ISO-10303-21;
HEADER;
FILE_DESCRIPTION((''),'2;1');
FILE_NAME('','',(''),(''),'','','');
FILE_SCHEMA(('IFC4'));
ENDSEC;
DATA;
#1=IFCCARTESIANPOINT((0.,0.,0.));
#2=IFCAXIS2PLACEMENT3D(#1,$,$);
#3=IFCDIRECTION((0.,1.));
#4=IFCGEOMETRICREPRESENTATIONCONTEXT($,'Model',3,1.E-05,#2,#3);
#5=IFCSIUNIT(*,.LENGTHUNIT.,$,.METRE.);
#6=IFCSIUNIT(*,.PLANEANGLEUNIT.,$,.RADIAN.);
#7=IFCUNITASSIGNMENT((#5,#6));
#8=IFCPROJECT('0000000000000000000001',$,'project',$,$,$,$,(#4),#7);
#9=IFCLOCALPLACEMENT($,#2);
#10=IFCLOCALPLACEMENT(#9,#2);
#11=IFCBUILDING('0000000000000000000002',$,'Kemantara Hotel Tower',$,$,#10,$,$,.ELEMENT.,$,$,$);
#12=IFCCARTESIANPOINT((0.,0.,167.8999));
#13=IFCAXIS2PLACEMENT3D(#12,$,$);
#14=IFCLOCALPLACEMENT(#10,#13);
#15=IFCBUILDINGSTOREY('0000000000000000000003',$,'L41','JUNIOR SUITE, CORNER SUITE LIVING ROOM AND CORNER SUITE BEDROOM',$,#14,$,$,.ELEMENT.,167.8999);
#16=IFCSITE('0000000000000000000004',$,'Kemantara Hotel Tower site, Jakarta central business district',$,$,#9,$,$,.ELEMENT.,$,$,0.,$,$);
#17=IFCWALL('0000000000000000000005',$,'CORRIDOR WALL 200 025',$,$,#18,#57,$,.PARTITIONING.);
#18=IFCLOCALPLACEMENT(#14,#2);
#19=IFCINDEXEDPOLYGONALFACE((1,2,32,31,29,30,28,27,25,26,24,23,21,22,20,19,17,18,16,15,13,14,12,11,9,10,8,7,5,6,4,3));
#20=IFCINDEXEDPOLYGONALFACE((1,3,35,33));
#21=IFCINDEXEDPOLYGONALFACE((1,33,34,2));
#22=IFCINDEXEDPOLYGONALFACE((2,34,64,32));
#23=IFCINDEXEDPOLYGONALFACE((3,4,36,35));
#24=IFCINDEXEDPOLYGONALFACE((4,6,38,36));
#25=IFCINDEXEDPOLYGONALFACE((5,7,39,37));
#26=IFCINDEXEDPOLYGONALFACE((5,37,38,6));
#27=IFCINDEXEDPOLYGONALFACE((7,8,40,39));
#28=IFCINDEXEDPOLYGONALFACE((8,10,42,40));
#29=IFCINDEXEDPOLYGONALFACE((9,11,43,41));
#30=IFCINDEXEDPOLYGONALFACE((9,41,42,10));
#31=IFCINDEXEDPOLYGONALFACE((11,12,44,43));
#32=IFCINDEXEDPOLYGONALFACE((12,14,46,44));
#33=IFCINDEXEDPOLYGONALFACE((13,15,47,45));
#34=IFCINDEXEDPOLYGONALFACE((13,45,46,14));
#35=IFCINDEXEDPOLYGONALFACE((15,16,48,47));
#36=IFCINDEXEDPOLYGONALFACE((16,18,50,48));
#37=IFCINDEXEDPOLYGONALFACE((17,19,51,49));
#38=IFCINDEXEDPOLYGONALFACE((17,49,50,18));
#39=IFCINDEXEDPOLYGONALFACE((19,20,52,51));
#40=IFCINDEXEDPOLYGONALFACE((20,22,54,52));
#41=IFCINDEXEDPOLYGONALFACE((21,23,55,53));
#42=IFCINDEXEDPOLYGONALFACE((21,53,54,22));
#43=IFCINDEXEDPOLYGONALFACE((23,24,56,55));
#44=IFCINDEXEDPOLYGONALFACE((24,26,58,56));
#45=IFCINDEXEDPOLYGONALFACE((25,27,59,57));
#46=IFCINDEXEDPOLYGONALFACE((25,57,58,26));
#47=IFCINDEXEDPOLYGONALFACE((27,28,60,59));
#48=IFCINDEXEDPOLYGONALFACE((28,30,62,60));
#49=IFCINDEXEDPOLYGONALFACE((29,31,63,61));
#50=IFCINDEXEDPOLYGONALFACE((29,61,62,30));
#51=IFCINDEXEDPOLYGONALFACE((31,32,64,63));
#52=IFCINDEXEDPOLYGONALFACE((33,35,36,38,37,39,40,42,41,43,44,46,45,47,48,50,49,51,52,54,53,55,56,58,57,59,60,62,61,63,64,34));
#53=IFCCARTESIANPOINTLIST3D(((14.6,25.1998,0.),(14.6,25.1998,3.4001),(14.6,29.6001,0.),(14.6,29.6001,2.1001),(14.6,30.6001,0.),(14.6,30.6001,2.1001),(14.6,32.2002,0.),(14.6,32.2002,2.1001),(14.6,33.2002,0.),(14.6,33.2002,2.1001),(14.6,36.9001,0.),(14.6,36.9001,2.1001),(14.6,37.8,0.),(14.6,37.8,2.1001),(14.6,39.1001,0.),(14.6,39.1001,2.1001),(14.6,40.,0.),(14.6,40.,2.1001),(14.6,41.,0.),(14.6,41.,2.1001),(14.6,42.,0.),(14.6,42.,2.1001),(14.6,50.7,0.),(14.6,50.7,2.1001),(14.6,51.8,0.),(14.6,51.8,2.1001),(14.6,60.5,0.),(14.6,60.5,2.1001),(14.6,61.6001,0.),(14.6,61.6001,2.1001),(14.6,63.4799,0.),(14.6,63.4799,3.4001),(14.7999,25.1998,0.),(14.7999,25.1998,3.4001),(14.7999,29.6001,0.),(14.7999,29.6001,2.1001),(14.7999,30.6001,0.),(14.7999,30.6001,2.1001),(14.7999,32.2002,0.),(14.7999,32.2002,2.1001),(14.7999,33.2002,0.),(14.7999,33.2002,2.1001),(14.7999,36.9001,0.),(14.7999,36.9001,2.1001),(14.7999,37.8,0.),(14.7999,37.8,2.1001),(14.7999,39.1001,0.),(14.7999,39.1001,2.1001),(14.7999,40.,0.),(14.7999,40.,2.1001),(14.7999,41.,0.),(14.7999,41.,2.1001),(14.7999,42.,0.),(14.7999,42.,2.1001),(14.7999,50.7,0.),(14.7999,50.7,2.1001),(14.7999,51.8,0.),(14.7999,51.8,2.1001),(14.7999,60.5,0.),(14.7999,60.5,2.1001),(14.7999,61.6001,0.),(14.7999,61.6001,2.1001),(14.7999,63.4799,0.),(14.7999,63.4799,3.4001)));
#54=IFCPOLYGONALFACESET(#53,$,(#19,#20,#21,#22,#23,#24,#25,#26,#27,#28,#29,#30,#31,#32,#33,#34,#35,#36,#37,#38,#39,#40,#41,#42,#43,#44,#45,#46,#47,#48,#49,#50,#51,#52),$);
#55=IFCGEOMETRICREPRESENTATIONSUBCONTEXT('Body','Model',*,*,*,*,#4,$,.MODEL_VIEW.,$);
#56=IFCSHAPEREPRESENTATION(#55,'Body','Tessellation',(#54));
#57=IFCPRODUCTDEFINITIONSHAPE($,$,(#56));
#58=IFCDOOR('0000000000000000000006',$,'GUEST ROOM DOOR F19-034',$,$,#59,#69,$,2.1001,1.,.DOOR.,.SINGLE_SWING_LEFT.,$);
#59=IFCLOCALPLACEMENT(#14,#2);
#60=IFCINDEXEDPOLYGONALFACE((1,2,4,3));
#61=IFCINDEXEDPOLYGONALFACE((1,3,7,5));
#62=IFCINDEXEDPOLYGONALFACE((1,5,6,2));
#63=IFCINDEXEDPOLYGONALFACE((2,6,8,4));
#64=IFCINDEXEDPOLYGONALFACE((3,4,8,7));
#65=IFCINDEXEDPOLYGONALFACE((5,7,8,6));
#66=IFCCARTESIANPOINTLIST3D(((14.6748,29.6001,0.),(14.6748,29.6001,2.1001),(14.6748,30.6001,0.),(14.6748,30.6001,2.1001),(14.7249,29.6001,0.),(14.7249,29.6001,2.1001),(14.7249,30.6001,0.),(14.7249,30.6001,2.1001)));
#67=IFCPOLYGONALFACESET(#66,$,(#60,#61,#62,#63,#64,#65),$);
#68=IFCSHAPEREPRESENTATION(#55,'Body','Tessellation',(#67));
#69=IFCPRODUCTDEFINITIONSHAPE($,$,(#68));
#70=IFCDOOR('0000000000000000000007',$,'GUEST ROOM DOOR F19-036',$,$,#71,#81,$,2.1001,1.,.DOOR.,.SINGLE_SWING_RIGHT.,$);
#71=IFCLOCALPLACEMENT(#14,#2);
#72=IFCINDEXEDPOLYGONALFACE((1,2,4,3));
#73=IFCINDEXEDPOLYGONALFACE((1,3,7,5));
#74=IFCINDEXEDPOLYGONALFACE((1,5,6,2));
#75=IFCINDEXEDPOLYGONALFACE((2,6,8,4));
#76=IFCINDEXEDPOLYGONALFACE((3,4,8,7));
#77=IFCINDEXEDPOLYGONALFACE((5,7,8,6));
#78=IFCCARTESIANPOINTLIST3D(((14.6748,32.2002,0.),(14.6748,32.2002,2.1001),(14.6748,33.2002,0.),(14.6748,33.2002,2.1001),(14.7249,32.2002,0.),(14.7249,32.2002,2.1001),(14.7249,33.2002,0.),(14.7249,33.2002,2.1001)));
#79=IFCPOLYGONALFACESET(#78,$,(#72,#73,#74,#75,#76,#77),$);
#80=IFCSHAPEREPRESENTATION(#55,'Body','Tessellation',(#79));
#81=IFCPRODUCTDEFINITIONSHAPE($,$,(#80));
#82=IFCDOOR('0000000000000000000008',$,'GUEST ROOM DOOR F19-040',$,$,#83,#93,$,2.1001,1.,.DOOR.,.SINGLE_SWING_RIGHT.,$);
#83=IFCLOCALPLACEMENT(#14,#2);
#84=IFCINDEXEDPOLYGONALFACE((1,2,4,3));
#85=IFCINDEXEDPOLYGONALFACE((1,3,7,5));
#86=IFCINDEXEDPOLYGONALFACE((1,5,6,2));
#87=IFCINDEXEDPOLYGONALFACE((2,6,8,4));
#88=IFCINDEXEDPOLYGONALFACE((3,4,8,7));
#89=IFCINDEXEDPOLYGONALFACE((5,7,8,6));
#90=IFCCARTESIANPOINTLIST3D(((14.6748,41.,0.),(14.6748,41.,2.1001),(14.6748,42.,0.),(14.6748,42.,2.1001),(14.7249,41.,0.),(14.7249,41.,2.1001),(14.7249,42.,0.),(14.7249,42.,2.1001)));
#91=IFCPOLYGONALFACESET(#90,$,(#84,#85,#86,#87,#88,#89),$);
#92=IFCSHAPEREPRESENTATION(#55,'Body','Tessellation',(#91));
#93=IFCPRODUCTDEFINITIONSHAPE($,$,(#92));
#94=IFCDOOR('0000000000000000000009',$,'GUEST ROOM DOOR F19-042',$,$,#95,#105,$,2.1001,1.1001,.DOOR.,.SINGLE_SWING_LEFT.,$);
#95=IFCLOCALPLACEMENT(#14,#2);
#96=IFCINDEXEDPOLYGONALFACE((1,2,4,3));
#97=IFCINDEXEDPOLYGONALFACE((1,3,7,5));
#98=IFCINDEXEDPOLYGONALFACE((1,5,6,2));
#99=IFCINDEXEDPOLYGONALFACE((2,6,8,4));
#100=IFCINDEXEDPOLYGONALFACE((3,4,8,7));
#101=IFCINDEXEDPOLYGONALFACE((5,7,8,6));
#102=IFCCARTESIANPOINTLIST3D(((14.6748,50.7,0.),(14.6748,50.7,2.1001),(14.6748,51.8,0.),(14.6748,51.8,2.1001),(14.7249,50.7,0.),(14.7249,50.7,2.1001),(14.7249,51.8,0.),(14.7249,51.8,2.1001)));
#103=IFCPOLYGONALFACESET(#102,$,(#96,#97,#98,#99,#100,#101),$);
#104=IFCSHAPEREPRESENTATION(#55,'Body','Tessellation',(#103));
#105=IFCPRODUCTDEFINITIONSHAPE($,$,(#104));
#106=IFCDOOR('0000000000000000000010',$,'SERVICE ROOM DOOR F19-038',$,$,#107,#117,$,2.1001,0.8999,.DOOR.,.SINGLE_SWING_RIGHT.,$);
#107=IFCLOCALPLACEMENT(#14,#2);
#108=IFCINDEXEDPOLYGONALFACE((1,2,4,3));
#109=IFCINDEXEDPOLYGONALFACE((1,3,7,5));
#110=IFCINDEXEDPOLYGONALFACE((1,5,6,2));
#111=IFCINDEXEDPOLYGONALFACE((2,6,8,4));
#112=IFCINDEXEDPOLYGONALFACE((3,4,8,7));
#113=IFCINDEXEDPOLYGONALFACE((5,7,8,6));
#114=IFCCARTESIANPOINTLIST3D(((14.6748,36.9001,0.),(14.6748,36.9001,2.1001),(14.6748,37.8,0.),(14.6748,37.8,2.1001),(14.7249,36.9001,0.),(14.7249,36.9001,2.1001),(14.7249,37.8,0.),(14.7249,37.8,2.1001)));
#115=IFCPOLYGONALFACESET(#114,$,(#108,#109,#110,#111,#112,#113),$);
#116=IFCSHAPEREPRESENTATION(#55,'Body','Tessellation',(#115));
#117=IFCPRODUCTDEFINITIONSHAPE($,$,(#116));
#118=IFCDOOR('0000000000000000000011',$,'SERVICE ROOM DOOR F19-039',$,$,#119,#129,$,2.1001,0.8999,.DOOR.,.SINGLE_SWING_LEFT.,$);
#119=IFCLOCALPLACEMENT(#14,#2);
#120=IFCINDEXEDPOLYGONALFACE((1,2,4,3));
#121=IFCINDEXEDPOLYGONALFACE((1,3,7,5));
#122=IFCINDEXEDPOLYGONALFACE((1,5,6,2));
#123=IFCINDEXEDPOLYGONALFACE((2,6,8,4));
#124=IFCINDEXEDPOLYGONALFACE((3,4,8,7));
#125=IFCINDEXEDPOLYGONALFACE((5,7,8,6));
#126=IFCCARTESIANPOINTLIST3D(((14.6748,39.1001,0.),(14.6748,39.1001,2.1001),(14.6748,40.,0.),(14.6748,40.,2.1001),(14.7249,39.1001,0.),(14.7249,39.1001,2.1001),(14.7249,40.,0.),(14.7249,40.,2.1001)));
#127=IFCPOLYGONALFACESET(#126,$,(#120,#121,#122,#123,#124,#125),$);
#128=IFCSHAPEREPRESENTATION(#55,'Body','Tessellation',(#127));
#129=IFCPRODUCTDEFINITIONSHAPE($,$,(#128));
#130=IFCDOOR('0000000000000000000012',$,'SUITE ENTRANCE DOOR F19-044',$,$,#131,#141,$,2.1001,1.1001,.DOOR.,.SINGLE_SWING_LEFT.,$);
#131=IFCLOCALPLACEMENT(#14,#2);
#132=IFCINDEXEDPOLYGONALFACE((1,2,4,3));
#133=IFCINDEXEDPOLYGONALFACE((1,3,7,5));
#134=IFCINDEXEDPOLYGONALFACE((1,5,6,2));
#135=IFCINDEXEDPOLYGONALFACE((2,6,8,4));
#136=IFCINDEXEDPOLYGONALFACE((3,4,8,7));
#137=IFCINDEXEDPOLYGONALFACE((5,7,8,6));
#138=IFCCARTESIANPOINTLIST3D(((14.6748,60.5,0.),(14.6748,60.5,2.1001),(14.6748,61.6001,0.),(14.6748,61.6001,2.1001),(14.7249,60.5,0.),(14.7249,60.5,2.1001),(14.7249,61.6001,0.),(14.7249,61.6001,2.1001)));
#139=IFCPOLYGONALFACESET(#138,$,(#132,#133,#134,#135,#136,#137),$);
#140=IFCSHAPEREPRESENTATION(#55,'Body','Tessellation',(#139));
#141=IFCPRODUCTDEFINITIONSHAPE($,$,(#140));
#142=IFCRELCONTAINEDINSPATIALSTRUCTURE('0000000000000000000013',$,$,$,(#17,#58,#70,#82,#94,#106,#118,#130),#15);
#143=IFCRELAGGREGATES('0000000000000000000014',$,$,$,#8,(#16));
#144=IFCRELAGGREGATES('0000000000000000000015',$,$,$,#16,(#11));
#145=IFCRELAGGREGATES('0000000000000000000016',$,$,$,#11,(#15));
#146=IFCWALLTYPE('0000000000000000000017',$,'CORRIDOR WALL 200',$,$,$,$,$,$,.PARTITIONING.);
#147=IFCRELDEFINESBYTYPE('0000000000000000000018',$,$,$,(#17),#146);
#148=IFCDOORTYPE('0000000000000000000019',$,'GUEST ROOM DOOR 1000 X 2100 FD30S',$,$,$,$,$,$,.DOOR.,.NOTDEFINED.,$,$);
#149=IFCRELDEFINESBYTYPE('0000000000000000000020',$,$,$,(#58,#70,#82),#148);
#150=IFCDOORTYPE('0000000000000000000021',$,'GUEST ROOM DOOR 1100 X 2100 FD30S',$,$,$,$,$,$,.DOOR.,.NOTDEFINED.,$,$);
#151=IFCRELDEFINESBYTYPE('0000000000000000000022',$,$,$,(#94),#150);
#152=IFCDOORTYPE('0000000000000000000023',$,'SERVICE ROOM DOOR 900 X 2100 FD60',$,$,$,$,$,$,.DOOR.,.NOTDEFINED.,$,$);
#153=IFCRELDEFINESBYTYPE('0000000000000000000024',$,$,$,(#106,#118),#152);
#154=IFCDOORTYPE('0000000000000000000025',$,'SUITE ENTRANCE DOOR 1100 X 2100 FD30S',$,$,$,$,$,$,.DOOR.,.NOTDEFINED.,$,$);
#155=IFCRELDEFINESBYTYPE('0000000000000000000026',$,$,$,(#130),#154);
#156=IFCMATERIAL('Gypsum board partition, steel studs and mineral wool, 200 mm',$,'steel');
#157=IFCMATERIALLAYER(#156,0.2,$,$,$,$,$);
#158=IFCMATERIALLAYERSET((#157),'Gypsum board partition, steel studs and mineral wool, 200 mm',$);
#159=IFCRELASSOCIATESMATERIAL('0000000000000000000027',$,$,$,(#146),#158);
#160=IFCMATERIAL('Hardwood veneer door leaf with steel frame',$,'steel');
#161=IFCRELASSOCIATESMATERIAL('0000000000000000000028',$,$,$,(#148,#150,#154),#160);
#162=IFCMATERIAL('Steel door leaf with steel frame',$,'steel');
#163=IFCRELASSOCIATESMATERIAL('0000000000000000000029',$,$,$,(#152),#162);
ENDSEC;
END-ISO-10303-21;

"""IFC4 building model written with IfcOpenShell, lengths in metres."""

from ifc_helpers import new_model, si_unit, direction, frame, frame_2d, origin, place, context, subcontext, project, spatial, rectangle, extrude, material, layer, layer_set, type_object, element, fill, save


model = new_model("IFC4")

# Units and contexts
model_context = context("Model", 3, precision=1e-05, world=origin(), true_north=direction((0.0, 1.0)))
body_context = subcontext(model_context, "Body", "Model", "MODEL_VIEW")
ifc_project = project(units=[si_unit("LENGTHUNIT", "METRE"), si_unit("PLANEANGLEUNIT", "RADIAN")], contexts=[model_context])

# Site, building, storey
site_placement = place(None, origin())
site = spatial("IfcSite", under=ifc_project, at=site_placement, Name="Kemantara Hotel Tower site, Jakarta central business district", CompositionType="ELEMENT", RefElevation=0.0)
building_placement = place(site_placement, origin())
building = spatial("IfcBuilding", under=site, at=building_placement, Name="Kemantara Hotel Tower", CompositionType="ELEMENT")
storey_placement = place(building_placement, frame((0.0, 0.0, 167.8999)))
storey = spatial("IfcBuildingStorey", under=building, at=storey_placement, Name="L41", Description="JUNIOR SUITE, CORNER SUITE LIVING ROOM AND CORNER SUITE BEDROOM", CompositionType="ELEMENT", Elevation=167.8999)

# Wall, openings, doors
ifc_material_1 = material(Name="Gypsum board partition, steel studs and mineral wool, 200 mm", Category="steel")
ifc_layer_1 = layer(ifc_material_1, 0.2)
ifc_layer_set_1 = layer_set([ifc_layer_1], Name="Gypsum board partition, steel studs and mineral wool, 200 mm")
wall_type = type_object("IfcWallType", Name="CORRIDOR WALL 200", PredefinedType="PARTITIONING", material=ifc_layer_set_1)
wall_placement = place(storey_placement, frame((14.7, 63.48, 0.0), z_axis=(0.0, 0.0, 1.0), x_axis=(0.0, -1.0, 0.0)))
wall = element("IfcWall", 1, at=wall_placement, inside=storey, type_object=wall_type, Name="CORRIDOR WALL 200 025", PredefinedType="PARTITIONING", context=body_context, shape_type="SweptSolid", body=[
    extrude(rectangle(XDim=38.28, YDim=0.2, at=frame_2d((19.1401, 0.0))), origin(), (0.0, 0.0, 1.0), 3.4001),
])
opening_1_placement = place(wall_placement, frame((32.8799, 0.0, 0.0)))
opening_1 = element("IfcOpeningElement", 2, at=opening_1_placement, cuts=wall, PredefinedType="OPENING", context=body_context, shape_type="SweptSolid", body=[
    extrude(rectangle(XDim=1.0, YDim=2.1001, at=frame_2d((0.5, 1.05))), frame((0.0, 0.1099, 0.0), z_axis=(0.0, -1.0, 0.0), x_axis=(1.0, 0.0, 0.0)), (0.0, 0.0, 1.0), 0.22),
])
opening_2_placement = place(wall_placement, frame((30.2798, 0.0, 0.0)))
opening_2 = element("IfcOpeningElement", 3, at=opening_2_placement, cuts=wall, PredefinedType="OPENING", context=body_context, shape_type="SweptSolid", body=[
    extrude(rectangle(XDim=1.0, YDim=2.1001, at=frame_2d((0.5, 1.05))), frame((0.0, 0.1099, 0.0), z_axis=(0.0, -1.0, 0.0), x_axis=(1.0, 0.0, 0.0)), (0.0, 0.0, 1.0), 0.22),
])
opening_3_placement = place(wall_placement, frame((25.6799, 0.0, 0.0)))
opening_3 = element("IfcOpeningElement", 4, at=opening_3_placement, cuts=wall, PredefinedType="OPENING", context=body_context, shape_type="SweptSolid", body=[
    extrude(rectangle(XDim=0.8999, YDim=2.1001, at=frame_2d((0.45, 1.05))), frame((0.0, 0.1099, 0.0), z_axis=(0.0, -1.0, 0.0), x_axis=(1.0, 0.0, 0.0)), (0.0, 0.0, 1.0), 0.22),
])
opening_4_placement = place(wall_placement, frame((23.48, 0.0, 0.0)))
opening_4 = element("IfcOpeningElement", 5, at=opening_4_placement, cuts=wall, PredefinedType="OPENING", context=body_context, shape_type="SweptSolid", body=[
    extrude(rectangle(XDim=0.8999, YDim=2.1001, at=frame_2d((0.45, 1.05))), frame((0.0, 0.1099, 0.0), z_axis=(0.0, -1.0, 0.0), x_axis=(1.0, 0.0, 0.0)), (0.0, 0.0, 1.0), 0.22),
])
opening_5_placement = place(wall_placement, frame((21.48, 0.0, 0.0)))
opening_5 = element("IfcOpeningElement", 6, at=opening_5_placement, cuts=wall, PredefinedType="OPENING", context=body_context, shape_type="SweptSolid", body=[
    extrude(rectangle(XDim=1.0, YDim=2.1001, at=frame_2d((0.5, 1.05))), frame((0.0, 0.1099, 0.0), z_axis=(0.0, -1.0, 0.0), x_axis=(1.0, 0.0, 0.0)), (0.0, 0.0, 1.0), 0.22),
])
opening_6_placement = place(wall_placement, frame((11.6799, 0.0, 0.0)))
opening_6 = element("IfcOpeningElement", 7, at=opening_6_placement, cuts=wall, PredefinedType="OPENING", context=body_context, shape_type="SweptSolid", body=[
    extrude(rectangle(XDim=1.1001, YDim=2.1001, at=frame_2d((0.55, 1.05))), frame((0.0, 0.1099, 0.0), z_axis=(0.0, -1.0, 0.0), x_axis=(1.0, 0.0, 0.0)), (0.0, 0.0, 1.0), 0.22),
])
opening_7_placement = place(wall_placement, frame((1.8799, 0.0, 0.0)))
opening_7 = element("IfcOpeningElement", 8, at=opening_7_placement, cuts=wall, PredefinedType="OPENING", context=body_context, shape_type="SweptSolid", body=[
    extrude(rectangle(XDim=1.1001, YDim=2.1001, at=frame_2d((0.55, 1.05))), frame((0.0, 0.1099, 0.0), z_axis=(0.0, -1.0, 0.0), x_axis=(1.0, 0.0, 0.0)), (0.0, 0.0, 1.0), 0.22),
])
ifc_material_2 = material(Name="Hardwood veneer door leaf with steel frame", Category="steel")
door_type_1 = type_object("IfcDoorType", Name="GUEST ROOM DOOR 1000 X 2100 FD30S", OperationType="NOTDEFINED", PredefinedType="DOOR", material=ifc_material_2)
door_1_placement = place(opening_1_placement, origin())
door_1 = element("IfcDoor", 9, at=door_1_placement, inside=storey, type_object=door_type_1, Name="GUEST ROOM DOOR F19-034", OperationType="SINGLE_SWING_LEFT", OverallHeight=2.1001, OverallWidth=1.0, PredefinedType="DOOR", context=body_context, shape_type="SweptSolid", body=[
    extrude(rectangle(XDim=1.0, YDim=2.1001, at=frame_2d((0.5, 1.05))), frame((0.0, 0.0249, 0.0), z_axis=(0.0, -1.0, 0.0), x_axis=(1.0, 0.0, 0.0)), (0.0, 0.0, 1.0), 0.05),
])
fill(opening_1, door_1)
door_2_placement = place(opening_2_placement, origin())
door_2 = element("IfcDoor", 10, at=door_2_placement, inside=storey, type_object=door_type_1, Name="GUEST ROOM DOOR F19-036", OperationType="SINGLE_SWING_RIGHT", OverallHeight=2.1001, OverallWidth=1.0, PredefinedType="DOOR", context=body_context, shape_type="SweptSolid", body=[
    extrude(rectangle(XDim=1.0, YDim=2.1001, at=frame_2d((0.5, 1.05))), frame((0.0, 0.0249, 0.0), z_axis=(0.0, -1.0, 0.0), x_axis=(1.0, 0.0, 0.0)), (0.0, 0.0, 1.0), 0.05),
])
fill(opening_2, door_2)
door_3_placement = place(opening_5_placement, origin())
door_3 = element("IfcDoor", 11, at=door_3_placement, inside=storey, type_object=door_type_1, Name="GUEST ROOM DOOR F19-040", OperationType="SINGLE_SWING_RIGHT", OverallHeight=2.1001, OverallWidth=1.0, PredefinedType="DOOR", context=body_context, shape_type="SweptSolid", body=[
    extrude(rectangle(XDim=1.0, YDim=2.1001, at=frame_2d((0.5, 1.05))), frame((0.0, 0.0249, 0.0), z_axis=(0.0, -1.0, 0.0), x_axis=(1.0, 0.0, 0.0)), (0.0, 0.0, 1.0), 0.05),
])
fill(opening_5, door_3)
door_type_2 = type_object("IfcDoorType", Name="GUEST ROOM DOOR 1100 X 2100 FD30S", OperationType="NOTDEFINED", PredefinedType="DOOR", material=ifc_material_2)
door_4_placement = place(opening_6_placement, origin())
door_4 = element("IfcDoor", 12, at=door_4_placement, inside=storey, type_object=door_type_2, Name="GUEST ROOM DOOR F19-042", OperationType="SINGLE_SWING_LEFT", OverallHeight=2.1001, OverallWidth=1.1001, PredefinedType="DOOR", context=body_context, shape_type="SweptSolid", body=[
    extrude(rectangle(XDim=1.1001, YDim=2.1001, at=frame_2d((0.55, 1.05))), frame((0.0, 0.0249, 0.0), z_axis=(0.0, -1.0, 0.0), x_axis=(1.0, 0.0, 0.0)), (0.0, 0.0, 1.0), 0.05),
])
fill(opening_6, door_4)
ifc_material_3 = material(Name="Steel door leaf with steel frame", Category="steel")
door_type_3 = type_object("IfcDoorType", Name="SERVICE ROOM DOOR 900 X 2100 FD60", OperationType="NOTDEFINED", PredefinedType="DOOR", material=ifc_material_3)
door_5_placement = place(opening_3_placement, origin())
door_5 = element("IfcDoor", 13, at=door_5_placement, inside=storey, type_object=door_type_3, Name="SERVICE ROOM DOOR F19-038", OperationType="SINGLE_SWING_RIGHT", OverallHeight=2.1001, OverallWidth=0.8999, PredefinedType="DOOR", context=body_context, shape_type="SweptSolid", body=[
    extrude(rectangle(XDim=0.8999, YDim=2.1001, at=frame_2d((0.45, 1.05))), frame((0.0, 0.0249, 0.0), z_axis=(0.0, -1.0, 0.0), x_axis=(1.0, 0.0, 0.0)), (0.0, 0.0, 1.0), 0.05),
])
fill(opening_3, door_5)
door_6_placement = place(opening_4_placement, origin())
door_6 = element("IfcDoor", 14, at=door_6_placement, inside=storey, type_object=door_type_3, Name="SERVICE ROOM DOOR F19-039", OperationType="SINGLE_SWING_LEFT", OverallHeight=2.1001, OverallWidth=0.8999, PredefinedType="DOOR", context=body_context, shape_type="SweptSolid", body=[
    extrude(rectangle(XDim=0.8999, YDim=2.1001, at=frame_2d((0.45, 1.05))), frame((0.0, 0.0249, 0.0), z_axis=(0.0, -1.0, 0.0), x_axis=(1.0, 0.0, 0.0)), (0.0, 0.0, 1.0), 0.05),
])
fill(opening_4, door_6)
door_type_4 = type_object("IfcDoorType", Name="SUITE ENTRANCE DOOR 1100 X 2100 FD30S", OperationType="NOTDEFINED", PredefinedType="DOOR", material=ifc_material_2)
door_7_placement = place(opening_7_placement, origin())
door_7 = element("IfcDoor", 15, at=door_7_placement, inside=storey, type_object=door_type_4, Name="SUITE ENTRANCE DOOR F19-044", OperationType="SINGLE_SWING_LEFT", OverallHeight=2.1001, OverallWidth=1.1001, PredefinedType="DOOR", context=body_context, shape_type="SweptSolid", body=[
    extrude(rectangle(XDim=1.1001, YDim=2.1001, at=frame_2d((0.55, 1.05))), frame((0.0, 0.0249, 0.0), z_axis=(0.0, -1.0, 0.0), x_axis=(1.0, 0.0, 0.0)), (0.0, 0.0, 1.0), 0.05),
])
fill(opening_7, door_7)

save(model, "model.ifc")
